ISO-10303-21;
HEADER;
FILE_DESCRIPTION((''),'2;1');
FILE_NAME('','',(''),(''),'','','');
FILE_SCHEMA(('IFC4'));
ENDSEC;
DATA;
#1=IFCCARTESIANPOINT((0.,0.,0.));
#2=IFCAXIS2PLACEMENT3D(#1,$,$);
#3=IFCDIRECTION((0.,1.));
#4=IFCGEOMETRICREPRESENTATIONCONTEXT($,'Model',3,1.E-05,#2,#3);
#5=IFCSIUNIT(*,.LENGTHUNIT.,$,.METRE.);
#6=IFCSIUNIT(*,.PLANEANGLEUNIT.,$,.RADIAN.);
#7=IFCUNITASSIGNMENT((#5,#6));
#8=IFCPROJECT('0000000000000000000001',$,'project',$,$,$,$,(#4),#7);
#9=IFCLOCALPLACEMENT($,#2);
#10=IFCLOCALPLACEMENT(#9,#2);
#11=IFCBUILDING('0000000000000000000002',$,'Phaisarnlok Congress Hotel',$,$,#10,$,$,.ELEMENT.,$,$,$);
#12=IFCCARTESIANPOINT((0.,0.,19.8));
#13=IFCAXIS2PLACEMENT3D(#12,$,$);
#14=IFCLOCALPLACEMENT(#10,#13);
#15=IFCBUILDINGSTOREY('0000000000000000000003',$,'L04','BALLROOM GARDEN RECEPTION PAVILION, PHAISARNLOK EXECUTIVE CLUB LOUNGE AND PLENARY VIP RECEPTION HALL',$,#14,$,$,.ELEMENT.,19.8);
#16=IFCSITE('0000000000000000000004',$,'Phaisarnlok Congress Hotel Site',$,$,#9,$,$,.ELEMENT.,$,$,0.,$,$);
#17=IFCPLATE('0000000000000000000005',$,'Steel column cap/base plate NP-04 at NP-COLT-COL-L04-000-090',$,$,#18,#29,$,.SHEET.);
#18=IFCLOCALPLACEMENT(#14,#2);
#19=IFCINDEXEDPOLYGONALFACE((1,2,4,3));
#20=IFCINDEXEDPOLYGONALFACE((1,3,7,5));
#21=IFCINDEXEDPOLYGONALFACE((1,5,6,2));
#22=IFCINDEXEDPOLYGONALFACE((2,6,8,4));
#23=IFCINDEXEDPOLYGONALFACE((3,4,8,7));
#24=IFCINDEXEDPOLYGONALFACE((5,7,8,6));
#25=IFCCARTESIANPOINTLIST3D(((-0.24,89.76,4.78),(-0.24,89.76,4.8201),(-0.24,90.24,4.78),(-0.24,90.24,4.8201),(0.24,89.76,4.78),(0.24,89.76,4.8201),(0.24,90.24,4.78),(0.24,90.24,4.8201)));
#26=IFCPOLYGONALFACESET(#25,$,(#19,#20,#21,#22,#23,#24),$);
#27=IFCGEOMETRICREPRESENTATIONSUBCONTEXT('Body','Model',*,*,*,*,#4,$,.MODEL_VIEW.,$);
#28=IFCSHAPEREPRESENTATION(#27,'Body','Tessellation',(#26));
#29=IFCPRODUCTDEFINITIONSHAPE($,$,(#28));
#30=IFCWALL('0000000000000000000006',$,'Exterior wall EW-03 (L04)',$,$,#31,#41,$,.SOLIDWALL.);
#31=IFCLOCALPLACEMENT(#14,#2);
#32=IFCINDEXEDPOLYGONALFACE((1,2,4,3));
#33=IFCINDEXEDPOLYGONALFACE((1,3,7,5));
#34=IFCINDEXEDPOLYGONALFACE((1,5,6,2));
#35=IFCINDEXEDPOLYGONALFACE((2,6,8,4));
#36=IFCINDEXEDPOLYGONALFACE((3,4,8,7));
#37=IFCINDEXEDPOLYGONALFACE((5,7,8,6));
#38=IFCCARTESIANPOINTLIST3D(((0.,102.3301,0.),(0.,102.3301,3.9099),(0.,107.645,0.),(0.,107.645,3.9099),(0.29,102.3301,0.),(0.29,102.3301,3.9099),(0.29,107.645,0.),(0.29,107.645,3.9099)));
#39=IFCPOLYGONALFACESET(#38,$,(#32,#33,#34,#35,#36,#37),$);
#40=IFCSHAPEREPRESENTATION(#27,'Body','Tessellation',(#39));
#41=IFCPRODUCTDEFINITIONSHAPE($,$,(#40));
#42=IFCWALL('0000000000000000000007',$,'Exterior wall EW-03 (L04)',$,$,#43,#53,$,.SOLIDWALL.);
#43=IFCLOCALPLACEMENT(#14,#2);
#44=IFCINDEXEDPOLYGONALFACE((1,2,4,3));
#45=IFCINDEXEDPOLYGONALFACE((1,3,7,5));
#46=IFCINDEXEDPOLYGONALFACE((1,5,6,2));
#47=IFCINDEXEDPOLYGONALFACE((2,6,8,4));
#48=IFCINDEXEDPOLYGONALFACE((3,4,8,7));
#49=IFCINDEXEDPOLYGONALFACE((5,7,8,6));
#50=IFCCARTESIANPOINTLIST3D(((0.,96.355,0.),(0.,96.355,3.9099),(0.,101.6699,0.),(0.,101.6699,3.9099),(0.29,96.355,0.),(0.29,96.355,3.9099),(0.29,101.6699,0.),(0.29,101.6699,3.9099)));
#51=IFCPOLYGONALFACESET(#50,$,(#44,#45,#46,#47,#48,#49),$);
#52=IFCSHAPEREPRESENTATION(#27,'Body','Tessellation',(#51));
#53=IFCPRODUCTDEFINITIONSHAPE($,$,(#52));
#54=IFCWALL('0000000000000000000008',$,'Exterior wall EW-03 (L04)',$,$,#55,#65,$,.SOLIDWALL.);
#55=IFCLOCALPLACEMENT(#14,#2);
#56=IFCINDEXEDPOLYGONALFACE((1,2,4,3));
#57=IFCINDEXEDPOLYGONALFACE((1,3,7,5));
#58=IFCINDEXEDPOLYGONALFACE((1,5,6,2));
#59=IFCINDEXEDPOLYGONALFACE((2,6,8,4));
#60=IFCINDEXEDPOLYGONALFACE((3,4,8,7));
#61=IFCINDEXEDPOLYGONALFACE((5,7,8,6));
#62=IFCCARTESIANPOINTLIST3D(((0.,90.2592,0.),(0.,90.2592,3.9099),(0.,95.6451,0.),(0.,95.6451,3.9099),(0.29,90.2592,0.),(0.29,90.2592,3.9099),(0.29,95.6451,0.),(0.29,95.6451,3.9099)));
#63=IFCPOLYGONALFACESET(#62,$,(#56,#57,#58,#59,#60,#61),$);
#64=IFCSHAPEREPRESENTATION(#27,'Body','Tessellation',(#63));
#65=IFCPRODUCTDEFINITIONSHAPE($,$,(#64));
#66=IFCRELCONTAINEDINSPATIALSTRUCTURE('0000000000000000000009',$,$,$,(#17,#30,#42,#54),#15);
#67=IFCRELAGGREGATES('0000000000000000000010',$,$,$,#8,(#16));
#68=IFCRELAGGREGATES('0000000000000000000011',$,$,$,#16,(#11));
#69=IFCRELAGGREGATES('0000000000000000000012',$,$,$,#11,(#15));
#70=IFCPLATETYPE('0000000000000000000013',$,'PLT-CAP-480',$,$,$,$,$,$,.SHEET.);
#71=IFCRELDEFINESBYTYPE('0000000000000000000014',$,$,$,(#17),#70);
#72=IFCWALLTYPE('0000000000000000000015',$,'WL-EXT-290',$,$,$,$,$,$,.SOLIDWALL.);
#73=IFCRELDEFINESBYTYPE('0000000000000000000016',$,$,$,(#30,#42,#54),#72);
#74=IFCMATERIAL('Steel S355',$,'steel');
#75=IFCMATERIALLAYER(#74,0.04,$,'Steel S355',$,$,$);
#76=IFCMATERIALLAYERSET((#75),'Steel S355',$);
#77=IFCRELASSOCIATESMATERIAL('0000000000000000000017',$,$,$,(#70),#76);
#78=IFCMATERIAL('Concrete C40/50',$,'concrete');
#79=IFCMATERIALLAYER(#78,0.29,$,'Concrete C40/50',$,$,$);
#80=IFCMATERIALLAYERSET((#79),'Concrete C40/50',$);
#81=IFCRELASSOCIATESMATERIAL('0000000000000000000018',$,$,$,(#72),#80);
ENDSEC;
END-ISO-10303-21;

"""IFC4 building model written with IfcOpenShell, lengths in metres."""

from ifc_helpers import new_model, si_unit, direction, frame, frame_2d, origin, origin_2d, place, context, subcontext, project, spatial, rectangle, extrude, material, layer, layer_set, type_object, element, save


model = new_model("IFC4")

# Units and contexts
model_context = context("Model", 3, precision=1e-05, world=origin(), true_north=direction((0.0, 1.0)))
body_context = subcontext(model_context, "Body", "Model", "MODEL_VIEW")
ifc_project = project(units=[si_unit("LENGTHUNIT", "METRE"), si_unit("PLANEANGLEUNIT", "RADIAN")], contexts=[model_context])

# Site, building, storey
site_placement = place(None, origin())
site = spatial("IfcSite", under=ifc_project, at=site_placement, Name="Phaisarnlok Congress Hotel Site", CompositionType="ELEMENT", RefElevation=0.0)
building_placement = place(site_placement, origin())
building = spatial("IfcBuilding", under=site, at=building_placement, Name="Phaisarnlok Congress Hotel", CompositionType="ELEMENT")
storey_placement = place(building_placement, frame((0.0, 0.0, 19.8)))
storey = spatial("IfcBuildingStorey", under=building, at=storey_placement, Name="L04", Description="BALLROOM GARDEN RECEPTION PAVILION, PHAISARNLOK EXECUTIVE CLUB LOUNGE AND PLENARY VIP RECEPTION HALL", CompositionType="ELEMENT", Elevation=19.8)

# Shared definitions
ifc_material_1 = material(Name="Steel S355", Category="steel")

# Shared definitions
ifc_material_2 = material(Name="Concrete C40/50", Category="concrete")

# Plate
ifc_layer_1 = layer(ifc_material_1, 0.04, Name="Steel S355")
ifc_layer_set_1 = layer_set([ifc_layer_1], Name="Steel S355")
plate_type_1 = type_object("IfcPlateType", Name="PLT-CAP-480", PredefinedType="SHEET", material=ifc_layer_set_1)
plate_1_placement = place(storey_placement, frame((0.0, 90.0, 4.78), z_axis=(0.0, 0.0, 1.0), x_axis=(1.0, 0.0, 0.0)))
element("IfcPlate", 1, at=plate_1_placement, inside=storey, type_object=plate_type_1, Name="Steel column cap/base plate NP-04 at NP-COLT-COL-L04-000-090", PredefinedType="SHEET", context=body_context, shape_type="SweptSolid", body=[
    extrude(rectangle(XDim=0.48, YDim=0.48, at=origin_2d()), origin(), (0.0, 0.0, 1.0), 0.04),
])

# Walls
ifc_layer_2 = layer(ifc_material_2, 0.29, Name="Concrete C40/50")
ifc_layer_set_2 = layer_set([ifc_layer_2], Name="Concrete C40/50")
wall_type = type_object("IfcWallType", Name="WL-EXT-290", PredefinedType="SOLIDWALL", material=ifc_layer_set_2)
for number, where, z_axis, x_axis, name in (
    (2, (0.145, 107.645, 0.0), (0.0, 0.0, 1.0), (0.0, -1.0, 0.0), "Exterior wall EW-03 (L04)"),
    (3, (0.145, 101.6699, 0.0), (0.0, 0.0, 1.0), (0.0, -1.0, 0.0), "Exterior wall EW-03 (L04)"),
):
    element("IfcWall", number, at=place(storey_placement, frame(where, z_axis=z_axis, x_axis=x_axis)), inside=storey, type_object=wall_type, Name=name, PredefinedType="SOLIDWALL", context=body_context, shape_type="SweptSolid", body=[
        extrude(rectangle(XDim=5.3149, YDim=0.29, at=frame_2d((2.6575, 0.0))), origin(), (0.0, 0.0, 1.0), 3.9099),
    ])
wall_1_placement = place(storey_placement, frame((0.145, 95.645, 0.0), z_axis=(0.0, 0.0, 1.0), x_axis=(0.0, -1.0, 0.0)))
element("IfcWall", 4, at=wall_1_placement, inside=storey, type_object=wall_type, Name="Exterior wall EW-03 (L04)", PredefinedType="SOLIDWALL", context=body_context, shape_type="SweptSolid", body=[
    extrude(rectangle(XDim=5.386, YDim=0.29, at=frame_2d((2.6929, 0.0))), origin(), (0.0, 0.0, 1.0), 3.9099),
])

save(model, "model.ifc")
